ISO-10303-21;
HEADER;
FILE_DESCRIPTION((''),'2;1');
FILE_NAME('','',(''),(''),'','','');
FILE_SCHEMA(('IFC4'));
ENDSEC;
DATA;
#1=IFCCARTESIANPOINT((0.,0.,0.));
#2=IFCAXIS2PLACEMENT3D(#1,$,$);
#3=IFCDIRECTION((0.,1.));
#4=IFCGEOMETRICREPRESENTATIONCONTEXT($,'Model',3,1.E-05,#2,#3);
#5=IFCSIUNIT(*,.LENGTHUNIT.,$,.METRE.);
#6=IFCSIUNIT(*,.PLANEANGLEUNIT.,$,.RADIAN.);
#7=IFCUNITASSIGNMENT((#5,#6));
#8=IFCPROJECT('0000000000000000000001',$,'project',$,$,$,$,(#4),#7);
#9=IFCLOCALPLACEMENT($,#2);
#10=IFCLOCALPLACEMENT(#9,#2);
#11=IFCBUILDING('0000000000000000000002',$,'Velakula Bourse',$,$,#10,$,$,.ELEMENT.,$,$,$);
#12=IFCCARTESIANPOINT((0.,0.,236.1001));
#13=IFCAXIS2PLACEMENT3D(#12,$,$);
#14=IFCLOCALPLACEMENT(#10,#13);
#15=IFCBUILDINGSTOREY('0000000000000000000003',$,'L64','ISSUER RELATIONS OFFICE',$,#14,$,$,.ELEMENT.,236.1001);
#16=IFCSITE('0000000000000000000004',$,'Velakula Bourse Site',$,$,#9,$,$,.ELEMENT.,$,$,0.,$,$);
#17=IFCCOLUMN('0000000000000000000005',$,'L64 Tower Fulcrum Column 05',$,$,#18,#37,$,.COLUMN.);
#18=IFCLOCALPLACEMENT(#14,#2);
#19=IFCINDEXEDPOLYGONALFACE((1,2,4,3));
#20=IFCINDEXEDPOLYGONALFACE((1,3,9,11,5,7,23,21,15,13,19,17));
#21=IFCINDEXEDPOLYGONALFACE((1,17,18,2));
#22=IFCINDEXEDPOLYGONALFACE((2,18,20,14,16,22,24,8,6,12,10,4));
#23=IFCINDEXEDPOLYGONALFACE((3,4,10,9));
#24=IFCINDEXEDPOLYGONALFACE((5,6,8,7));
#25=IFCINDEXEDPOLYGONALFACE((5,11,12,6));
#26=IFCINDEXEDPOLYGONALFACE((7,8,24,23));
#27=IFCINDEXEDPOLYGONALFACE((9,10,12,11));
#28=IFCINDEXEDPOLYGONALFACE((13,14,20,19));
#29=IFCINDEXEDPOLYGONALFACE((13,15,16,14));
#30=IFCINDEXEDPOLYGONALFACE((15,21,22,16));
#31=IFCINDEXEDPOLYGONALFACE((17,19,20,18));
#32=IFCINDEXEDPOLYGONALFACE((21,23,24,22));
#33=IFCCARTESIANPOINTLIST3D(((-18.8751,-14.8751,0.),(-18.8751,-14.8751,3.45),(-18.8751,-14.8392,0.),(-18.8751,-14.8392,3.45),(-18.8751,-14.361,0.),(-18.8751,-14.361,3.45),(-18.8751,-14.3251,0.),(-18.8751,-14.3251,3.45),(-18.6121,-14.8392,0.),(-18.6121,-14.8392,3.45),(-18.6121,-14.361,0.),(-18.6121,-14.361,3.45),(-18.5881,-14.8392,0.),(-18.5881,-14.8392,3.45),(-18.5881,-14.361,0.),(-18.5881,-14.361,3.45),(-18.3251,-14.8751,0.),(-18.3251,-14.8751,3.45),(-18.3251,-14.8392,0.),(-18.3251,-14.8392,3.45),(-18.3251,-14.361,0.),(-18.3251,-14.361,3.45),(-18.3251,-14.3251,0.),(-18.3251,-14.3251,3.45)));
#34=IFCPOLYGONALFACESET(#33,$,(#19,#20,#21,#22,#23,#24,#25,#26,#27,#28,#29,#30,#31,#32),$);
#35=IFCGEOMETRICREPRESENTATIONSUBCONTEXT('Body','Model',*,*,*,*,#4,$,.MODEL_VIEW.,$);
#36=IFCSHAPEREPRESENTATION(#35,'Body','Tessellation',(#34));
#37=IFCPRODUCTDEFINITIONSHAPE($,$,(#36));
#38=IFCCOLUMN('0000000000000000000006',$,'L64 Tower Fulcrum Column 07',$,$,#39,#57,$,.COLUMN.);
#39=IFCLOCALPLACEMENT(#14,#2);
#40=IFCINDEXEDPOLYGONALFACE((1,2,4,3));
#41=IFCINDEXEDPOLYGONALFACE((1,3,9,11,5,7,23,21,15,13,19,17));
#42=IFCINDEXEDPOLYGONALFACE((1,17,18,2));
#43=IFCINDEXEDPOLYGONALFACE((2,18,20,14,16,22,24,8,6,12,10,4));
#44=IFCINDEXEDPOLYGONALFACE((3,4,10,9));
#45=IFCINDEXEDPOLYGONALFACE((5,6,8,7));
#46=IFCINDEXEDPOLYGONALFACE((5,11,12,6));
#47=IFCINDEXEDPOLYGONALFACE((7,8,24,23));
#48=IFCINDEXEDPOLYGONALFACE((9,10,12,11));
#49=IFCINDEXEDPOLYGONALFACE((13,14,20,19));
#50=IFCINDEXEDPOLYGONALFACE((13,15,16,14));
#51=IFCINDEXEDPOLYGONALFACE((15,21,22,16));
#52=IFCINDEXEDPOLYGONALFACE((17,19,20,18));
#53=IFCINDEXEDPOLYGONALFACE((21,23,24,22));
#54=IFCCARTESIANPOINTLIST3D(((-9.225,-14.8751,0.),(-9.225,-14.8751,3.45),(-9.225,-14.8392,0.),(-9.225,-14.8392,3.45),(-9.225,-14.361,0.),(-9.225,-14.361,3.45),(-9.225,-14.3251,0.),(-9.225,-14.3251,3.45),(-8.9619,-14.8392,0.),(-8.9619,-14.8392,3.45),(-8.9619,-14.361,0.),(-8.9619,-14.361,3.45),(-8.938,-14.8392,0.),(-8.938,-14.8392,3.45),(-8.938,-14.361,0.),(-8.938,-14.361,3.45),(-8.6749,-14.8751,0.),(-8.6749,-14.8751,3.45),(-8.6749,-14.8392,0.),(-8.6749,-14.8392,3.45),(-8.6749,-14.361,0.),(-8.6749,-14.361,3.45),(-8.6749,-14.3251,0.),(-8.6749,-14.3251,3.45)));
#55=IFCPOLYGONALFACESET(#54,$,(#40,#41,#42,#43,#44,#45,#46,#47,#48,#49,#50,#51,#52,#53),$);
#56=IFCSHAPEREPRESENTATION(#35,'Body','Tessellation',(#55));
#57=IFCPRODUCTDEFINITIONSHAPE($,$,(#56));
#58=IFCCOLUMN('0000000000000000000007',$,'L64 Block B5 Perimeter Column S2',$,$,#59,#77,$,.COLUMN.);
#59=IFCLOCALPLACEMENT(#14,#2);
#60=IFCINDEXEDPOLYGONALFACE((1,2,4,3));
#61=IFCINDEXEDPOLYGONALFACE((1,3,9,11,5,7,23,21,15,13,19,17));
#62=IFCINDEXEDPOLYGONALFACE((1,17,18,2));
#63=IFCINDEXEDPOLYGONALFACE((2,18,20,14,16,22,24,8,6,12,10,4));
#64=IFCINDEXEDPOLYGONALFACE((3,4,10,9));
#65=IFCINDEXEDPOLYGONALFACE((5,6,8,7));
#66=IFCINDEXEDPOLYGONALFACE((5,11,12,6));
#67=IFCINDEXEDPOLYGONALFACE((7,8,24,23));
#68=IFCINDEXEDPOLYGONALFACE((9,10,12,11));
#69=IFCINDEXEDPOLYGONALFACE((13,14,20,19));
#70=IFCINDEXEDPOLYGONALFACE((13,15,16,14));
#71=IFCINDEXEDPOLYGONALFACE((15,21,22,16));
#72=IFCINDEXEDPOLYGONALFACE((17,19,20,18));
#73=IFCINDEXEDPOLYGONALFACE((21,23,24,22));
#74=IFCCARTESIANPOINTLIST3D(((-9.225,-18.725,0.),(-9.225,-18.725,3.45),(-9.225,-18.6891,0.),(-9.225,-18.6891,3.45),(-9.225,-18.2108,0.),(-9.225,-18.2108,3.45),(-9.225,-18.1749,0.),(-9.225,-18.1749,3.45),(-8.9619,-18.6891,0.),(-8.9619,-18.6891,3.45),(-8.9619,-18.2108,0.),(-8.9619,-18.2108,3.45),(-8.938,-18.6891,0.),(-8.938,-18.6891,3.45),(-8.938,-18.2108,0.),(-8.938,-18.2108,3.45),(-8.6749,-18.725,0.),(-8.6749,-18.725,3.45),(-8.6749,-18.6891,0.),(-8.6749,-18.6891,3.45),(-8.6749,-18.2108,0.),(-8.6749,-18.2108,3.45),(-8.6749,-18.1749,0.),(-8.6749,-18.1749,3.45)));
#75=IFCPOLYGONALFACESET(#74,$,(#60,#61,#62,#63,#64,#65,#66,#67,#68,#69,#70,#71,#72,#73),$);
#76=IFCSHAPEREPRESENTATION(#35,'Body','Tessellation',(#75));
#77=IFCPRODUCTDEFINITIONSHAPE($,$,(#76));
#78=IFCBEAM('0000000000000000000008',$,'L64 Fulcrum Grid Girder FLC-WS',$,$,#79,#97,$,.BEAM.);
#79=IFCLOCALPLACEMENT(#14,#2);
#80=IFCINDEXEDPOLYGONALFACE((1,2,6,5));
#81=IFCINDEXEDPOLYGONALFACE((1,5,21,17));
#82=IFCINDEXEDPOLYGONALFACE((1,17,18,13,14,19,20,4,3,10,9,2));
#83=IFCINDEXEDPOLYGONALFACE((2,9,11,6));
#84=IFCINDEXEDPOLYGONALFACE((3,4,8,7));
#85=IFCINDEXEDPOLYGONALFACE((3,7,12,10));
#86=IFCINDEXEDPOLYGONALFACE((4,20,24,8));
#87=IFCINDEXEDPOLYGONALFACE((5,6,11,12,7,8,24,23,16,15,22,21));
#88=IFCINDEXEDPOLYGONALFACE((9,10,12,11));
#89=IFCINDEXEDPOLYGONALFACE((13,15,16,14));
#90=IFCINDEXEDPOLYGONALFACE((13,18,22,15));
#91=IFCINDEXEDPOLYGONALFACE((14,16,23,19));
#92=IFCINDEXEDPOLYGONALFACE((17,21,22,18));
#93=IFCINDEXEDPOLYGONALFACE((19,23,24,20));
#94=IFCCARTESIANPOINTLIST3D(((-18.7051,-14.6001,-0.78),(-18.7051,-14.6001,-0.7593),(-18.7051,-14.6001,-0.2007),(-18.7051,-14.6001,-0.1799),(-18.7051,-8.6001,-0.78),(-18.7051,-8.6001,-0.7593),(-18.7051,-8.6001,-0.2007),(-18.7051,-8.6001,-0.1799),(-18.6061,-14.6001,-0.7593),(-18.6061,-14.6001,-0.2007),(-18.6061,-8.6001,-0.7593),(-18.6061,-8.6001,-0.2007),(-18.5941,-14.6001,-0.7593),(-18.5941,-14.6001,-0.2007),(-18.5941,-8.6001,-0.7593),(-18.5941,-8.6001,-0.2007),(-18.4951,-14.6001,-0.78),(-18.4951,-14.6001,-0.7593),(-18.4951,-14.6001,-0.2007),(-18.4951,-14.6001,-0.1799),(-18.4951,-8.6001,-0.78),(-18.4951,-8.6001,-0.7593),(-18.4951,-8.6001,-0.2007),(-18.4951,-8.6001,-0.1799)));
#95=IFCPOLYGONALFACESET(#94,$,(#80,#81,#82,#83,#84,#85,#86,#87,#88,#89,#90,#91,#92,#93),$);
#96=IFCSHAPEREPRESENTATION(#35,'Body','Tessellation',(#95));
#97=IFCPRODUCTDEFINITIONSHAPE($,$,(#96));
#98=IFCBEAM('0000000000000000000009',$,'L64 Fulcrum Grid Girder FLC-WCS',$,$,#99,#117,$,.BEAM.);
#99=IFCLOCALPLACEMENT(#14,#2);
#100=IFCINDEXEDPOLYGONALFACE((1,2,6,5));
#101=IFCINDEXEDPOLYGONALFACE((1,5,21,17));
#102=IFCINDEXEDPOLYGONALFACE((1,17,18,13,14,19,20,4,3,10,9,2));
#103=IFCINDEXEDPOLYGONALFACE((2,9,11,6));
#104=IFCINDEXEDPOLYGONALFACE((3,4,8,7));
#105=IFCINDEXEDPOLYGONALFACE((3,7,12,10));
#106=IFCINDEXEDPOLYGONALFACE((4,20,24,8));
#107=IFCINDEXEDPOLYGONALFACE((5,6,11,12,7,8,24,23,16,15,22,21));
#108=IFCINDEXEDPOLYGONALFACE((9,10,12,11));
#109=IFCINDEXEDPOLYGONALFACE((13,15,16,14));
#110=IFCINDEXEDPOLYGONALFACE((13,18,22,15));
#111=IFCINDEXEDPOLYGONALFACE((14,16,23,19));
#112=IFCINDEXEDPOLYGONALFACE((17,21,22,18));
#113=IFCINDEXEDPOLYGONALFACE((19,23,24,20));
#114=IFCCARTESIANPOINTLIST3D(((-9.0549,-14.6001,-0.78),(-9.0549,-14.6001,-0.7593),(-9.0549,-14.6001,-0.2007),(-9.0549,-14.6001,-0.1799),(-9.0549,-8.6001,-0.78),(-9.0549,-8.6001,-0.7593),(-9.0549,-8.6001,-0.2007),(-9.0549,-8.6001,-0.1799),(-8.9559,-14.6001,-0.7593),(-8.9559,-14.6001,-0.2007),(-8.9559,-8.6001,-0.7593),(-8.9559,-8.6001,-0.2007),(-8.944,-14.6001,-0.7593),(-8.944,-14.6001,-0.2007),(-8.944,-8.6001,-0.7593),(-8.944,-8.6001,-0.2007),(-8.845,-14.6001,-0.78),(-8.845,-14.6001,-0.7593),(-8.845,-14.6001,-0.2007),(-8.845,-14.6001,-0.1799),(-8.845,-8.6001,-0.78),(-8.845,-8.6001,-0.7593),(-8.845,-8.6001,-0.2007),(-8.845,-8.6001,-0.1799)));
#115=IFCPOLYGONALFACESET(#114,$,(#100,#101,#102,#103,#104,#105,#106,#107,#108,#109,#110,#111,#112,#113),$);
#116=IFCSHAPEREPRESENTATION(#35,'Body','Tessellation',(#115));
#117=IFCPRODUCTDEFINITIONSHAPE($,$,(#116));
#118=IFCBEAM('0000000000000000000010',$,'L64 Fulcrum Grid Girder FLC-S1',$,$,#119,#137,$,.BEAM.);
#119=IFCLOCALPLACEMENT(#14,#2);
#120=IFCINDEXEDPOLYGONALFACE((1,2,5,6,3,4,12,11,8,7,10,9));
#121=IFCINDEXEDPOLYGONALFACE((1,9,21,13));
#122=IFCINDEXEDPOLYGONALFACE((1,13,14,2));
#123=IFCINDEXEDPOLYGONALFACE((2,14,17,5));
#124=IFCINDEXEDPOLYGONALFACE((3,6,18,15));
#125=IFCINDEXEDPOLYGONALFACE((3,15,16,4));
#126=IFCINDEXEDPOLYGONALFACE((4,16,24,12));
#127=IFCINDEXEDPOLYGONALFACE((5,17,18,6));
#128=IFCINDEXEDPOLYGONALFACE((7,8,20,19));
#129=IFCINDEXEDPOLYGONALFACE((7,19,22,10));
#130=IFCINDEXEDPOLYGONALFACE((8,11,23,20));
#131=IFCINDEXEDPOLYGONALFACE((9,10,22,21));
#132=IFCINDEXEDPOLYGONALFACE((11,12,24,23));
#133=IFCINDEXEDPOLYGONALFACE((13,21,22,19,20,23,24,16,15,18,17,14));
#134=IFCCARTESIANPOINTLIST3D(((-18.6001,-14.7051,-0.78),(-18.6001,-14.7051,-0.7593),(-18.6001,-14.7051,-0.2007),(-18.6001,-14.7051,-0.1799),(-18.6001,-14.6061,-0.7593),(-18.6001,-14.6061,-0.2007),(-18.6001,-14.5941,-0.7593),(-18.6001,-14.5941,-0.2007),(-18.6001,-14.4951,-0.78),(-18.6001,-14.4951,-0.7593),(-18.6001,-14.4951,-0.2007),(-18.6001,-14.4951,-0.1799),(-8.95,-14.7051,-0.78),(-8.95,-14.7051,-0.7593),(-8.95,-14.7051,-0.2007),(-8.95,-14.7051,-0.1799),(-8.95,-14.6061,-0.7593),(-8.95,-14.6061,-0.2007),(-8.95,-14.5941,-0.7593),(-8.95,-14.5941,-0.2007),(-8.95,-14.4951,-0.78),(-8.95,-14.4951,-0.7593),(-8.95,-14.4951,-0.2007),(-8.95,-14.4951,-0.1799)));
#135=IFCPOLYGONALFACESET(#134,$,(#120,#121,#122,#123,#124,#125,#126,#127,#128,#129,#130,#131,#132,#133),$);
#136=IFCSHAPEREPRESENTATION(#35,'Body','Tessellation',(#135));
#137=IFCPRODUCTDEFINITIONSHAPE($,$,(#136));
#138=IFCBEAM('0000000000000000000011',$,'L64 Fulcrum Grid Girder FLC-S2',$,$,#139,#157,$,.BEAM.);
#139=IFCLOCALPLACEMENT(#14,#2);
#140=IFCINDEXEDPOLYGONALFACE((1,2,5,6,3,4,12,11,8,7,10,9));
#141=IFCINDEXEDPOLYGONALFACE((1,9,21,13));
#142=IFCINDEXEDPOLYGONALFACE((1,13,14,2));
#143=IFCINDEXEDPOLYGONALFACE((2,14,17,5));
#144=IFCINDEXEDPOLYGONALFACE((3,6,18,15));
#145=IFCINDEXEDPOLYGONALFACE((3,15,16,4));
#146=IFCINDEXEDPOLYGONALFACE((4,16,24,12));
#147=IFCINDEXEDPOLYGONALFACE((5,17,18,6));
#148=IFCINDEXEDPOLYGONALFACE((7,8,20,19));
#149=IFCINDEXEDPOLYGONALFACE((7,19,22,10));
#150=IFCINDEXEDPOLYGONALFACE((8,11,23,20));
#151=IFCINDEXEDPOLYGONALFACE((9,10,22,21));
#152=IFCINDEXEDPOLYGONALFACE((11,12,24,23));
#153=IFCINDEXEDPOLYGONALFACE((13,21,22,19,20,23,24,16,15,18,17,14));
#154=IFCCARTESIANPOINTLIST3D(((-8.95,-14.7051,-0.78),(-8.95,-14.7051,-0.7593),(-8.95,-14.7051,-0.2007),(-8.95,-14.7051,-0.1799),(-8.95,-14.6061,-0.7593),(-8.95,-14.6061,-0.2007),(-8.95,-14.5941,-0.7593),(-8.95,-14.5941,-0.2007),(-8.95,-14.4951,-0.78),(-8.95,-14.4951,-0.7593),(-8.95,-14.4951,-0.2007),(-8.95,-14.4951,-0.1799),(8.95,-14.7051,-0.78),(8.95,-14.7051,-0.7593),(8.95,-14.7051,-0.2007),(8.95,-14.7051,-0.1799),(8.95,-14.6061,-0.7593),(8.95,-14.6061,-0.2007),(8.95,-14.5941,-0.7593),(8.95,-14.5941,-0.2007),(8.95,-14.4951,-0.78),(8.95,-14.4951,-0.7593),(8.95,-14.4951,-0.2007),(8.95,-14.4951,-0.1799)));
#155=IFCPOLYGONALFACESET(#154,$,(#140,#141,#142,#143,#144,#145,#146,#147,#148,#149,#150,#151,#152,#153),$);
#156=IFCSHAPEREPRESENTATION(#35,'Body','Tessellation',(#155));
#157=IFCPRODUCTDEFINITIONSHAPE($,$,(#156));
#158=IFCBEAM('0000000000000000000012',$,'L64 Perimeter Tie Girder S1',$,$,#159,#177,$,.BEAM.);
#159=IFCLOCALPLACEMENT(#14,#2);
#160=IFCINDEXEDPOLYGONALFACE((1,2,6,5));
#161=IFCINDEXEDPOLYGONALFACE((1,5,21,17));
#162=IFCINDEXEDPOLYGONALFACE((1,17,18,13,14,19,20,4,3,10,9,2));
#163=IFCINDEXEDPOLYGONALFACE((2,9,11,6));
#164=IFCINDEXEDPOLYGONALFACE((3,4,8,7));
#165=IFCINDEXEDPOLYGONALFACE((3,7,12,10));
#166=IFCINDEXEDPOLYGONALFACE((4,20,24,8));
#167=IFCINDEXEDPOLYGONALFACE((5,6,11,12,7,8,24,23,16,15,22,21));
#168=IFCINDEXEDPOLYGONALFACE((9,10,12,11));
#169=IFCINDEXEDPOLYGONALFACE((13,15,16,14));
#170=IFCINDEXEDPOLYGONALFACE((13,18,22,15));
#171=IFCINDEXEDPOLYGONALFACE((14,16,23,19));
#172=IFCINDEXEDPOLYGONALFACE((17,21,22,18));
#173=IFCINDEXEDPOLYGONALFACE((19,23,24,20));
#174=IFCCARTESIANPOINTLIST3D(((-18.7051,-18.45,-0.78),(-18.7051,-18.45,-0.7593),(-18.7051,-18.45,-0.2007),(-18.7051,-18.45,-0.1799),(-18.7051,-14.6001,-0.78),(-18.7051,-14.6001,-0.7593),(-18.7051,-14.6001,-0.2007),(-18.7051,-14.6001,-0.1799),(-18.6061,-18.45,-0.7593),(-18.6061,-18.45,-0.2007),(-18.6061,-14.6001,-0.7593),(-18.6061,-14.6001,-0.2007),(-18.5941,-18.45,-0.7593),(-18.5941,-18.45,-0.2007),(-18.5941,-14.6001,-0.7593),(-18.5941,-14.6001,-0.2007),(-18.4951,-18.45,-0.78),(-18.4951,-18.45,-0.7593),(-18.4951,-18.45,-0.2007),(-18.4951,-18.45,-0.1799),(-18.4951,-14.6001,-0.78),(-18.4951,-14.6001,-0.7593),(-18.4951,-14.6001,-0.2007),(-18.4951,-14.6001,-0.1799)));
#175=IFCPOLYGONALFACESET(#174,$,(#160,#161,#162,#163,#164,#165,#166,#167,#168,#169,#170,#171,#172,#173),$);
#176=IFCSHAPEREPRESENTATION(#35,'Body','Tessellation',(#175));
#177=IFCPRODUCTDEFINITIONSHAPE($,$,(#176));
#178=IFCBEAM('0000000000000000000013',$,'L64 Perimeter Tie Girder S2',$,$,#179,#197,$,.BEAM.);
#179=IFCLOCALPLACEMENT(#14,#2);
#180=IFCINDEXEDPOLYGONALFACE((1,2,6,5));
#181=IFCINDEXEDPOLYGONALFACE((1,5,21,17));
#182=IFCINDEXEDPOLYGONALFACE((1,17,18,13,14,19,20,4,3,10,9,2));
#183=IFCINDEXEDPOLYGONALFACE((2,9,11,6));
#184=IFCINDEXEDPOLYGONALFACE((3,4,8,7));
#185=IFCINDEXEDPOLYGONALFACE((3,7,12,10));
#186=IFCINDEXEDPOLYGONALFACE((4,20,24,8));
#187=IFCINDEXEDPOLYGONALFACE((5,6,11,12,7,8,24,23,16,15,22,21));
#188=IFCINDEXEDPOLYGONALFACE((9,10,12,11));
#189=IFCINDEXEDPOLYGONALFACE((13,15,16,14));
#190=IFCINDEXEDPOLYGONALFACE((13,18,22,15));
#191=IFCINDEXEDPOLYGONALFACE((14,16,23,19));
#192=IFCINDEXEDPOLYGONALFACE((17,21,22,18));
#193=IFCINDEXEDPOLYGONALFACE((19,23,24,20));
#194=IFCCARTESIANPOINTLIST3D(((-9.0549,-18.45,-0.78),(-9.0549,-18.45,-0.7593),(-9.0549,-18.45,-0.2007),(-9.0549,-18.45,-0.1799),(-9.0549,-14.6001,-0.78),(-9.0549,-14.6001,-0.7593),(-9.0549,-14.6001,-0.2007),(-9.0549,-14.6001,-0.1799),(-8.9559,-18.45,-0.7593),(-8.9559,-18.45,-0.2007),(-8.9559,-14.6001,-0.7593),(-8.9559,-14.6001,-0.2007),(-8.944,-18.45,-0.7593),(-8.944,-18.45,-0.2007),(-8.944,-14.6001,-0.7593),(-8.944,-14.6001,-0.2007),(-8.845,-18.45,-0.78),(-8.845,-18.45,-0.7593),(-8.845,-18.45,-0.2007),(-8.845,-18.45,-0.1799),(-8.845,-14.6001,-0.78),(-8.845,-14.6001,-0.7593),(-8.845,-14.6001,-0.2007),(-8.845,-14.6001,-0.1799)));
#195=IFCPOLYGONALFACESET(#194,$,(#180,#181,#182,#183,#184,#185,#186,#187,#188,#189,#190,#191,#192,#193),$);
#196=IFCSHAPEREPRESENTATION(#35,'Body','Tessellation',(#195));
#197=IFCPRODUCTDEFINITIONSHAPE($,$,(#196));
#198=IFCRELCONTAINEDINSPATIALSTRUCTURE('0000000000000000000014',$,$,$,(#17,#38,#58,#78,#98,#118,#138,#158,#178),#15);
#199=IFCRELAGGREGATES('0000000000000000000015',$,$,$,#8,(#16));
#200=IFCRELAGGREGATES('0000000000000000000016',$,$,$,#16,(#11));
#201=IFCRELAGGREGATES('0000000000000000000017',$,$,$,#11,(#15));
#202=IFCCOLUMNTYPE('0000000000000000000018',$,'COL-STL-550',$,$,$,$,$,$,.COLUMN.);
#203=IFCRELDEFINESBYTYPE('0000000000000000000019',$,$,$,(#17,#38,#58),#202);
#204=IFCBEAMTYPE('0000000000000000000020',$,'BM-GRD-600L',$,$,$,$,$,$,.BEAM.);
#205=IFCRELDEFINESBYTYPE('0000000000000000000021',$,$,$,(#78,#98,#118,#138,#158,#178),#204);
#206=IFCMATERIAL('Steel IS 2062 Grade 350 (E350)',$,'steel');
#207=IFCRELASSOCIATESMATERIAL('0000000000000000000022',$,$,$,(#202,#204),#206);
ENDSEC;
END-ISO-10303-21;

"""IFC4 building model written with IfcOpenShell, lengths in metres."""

from ifc_helpers import new_model, si_unit, direction, frame, origin, origin_2d, place, context, subcontext, project, spatial, i_section, extrude, material, material_profile, profile_set, type_object, element, save


model = new_model("IFC4")

# Units and contexts
model_context = context("Model", 3, precision=1e-05, world=origin(), true_north=direction((0.0, 1.0)))
body_context = subcontext(model_context, "Body", "Model", "MODEL_VIEW")
ifc_project = project(units=[si_unit("LENGTHUNIT", "METRE"), si_unit("PLANEANGLEUNIT", "RADIAN")], contexts=[model_context])

# Site, building, storey
site_placement = place(None, origin())
site = spatial("IfcSite", under=ifc_project, at=site_placement, Name="Velakula Bourse Site", CompositionType="ELEMENT", RefElevation=0.0)
building_placement = place(site_placement, origin())
building = spatial("IfcBuilding", under=site, at=building_placement, Name="Velakula Bourse", CompositionType="ELEMENT")
storey_placement = place(building_placement, frame((0.0, 0.0, 236.1001)))
storey = spatial("IfcBuildingStorey", under=building, at=storey_placement, Name="L64", Description="ISSUER RELATIONS OFFICE", CompositionType="ELEMENT", Elevation=236.1001)

# Columns
ifc_material_1 = material(Name="Steel IS 2062 Grade 350 (E350)", Category="steel")
ifc_material_profile_1 = material_profile(ifc_material_1, i_section(OverallWidth=0.55, OverallDepth=0.55, WebThickness=0.0239, FlangeThickness=0.0359, at=origin_2d()), Name="Steel IS 2062 Grade 350 (E350)")
ifc_profile_set_1 = profile_set([ifc_material_profile_1], Name="Steel IS 2062 Grade 350 (E350)")
column_type = type_object("IfcColumnType", Name="COL-STL-550", PredefinedType="COLUMN", material=ifc_profile_set_1)
for number, where, z_axis, x_axis, name in (
    (1, (-18.6001, -14.6001, 0.0), (0.0, 0.0, 1.0), (1.0, 0.0, 0.0), "L64 Tower Fulcrum Column 05"),
    (2, (-8.95, -14.6001, 0.0), (0.0, 0.0, 1.0), (1.0, 0.0, 0.0), "L64 Tower Fulcrum Column 07"),
    (3, (-8.95, -18.45, 0.0), (0.0, 0.0, 1.0), (1.0, 0.0, 0.0), "L64 Block B5 Perimeter Column S2"),
):
    element("IfcColumn", number, at=place(storey_placement, frame(where, z_axis=z_axis, x_axis=x_axis)), inside=storey, type_object=column_type, Name=name, PredefinedType="COLUMN", context=body_context, shape_type="SweptSolid", body=[
        extrude(i_section(OverallWidth=0.55, OverallDepth=0.55, WebThickness=0.0239, FlangeThickness=0.0359, at=origin_2d()), origin(), (0.0, 0.0, 1.0), 3.45),
    ])

# Beams
ifc_material_profile_2 = material_profile(ifc_material_1, i_section(OverallWidth=0.21, OverallDepth=0.6001, WebThickness=0.012, FlangeThickness=0.0208, at=origin_2d()), Name="Steel IS 2062 Grade 350 (E350)")
ifc_profile_set_2 = profile_set([ifc_material_profile_2], Name="Steel IS 2062 Grade 350 (E350)")
beam_type_1 = type_object("IfcBeamType", Name="BM-GRD-600L", PredefinedType="BEAM", material=ifc_profile_set_2)
for number, where, z_axis, x_axis, name in (
    (4, (-18.6001, -14.6001, -0.48), (0.0, 1.0, 0.0), (-1.0, 0.0, 0.0), "L64 Fulcrum Grid Girder FLC-WS"),
    (5, (-8.95, -14.6001, -0.48), (0.0, 1.0, 0.0), (-1.0, 0.0, 0.0), "L64 Fulcrum Grid Girder FLC-WCS"),
):
    element("IfcBeam", number, at=place(storey_placement, frame(where, z_axis=z_axis, x_axis=x_axis)), inside=storey, type_object=beam_type_1, Name=name, PredefinedType="BEAM", context=body_context, shape_type="SweptSolid", body=[
        extrude(i_section(OverallWidth=0.21, OverallDepth=0.6001, WebThickness=0.012, FlangeThickness=0.0208, at=origin_2d()), origin(), (0.0, 0.0, 1.0), 6.0),
    ])
beam_1_placement = place(storey_placement, frame((-18.6001, -14.6001, -0.48), z_axis=(1.0, 0.0, 0.0), x_axis=(0.0, 1.0, 0.0)))
element("IfcBeam", 6, at=beam_1_placement, inside=storey, type_object=beam_type_1, Name="L64 Fulcrum Grid Girder FLC-S1", PredefinedType="BEAM", context=body_context, shape_type="SweptSolid", body=[
    extrude(i_section(OverallWidth=0.21, OverallDepth=0.6001, WebThickness=0.012, FlangeThickness=0.0208, at=origin_2d()), origin(), (0.0, 0.0, 1.0), 9.6501),
])
beam_2_placement = place(storey_placement, frame((-8.95, -14.6001, -0.48), z_axis=(1.0, 0.0, 0.0), x_axis=(0.0, 1.0, 0.0)))
element("IfcBeam", 7, at=beam_2_placement, inside=storey, type_object=beam_type_1, Name="L64 Fulcrum Grid Girder FLC-S2", PredefinedType="BEAM", context=body_context, shape_type="SweptSolid", body=[
    extrude(i_section(OverallWidth=0.21, OverallDepth=0.6001, WebThickness=0.012, FlangeThickness=0.0208, at=origin_2d()), origin(), (0.0, 0.0, 1.0), 17.8999),
])
for number, where, z_axis, x_axis, name in (
    (8, (-18.6001, -14.6001, -0.48), (0.0, -1.0, 0.0), (1.0, 0.0, 0.0), "L64 Perimeter Tie Girder S1"),
    (9, (-8.95, -14.6001, -0.48), (0.0, -1.0, 0.0), (1.0, 0.0, 0.0), "L64 Perimeter Tie Girder S2"),
):
    element("IfcBeam", number, at=place(storey_placement, frame(where, z_axis=z_axis, x_axis=x_axis)), inside=storey, type_object=beam_type_1, Name=name, PredefinedType="BEAM", context=body_context, shape_type="SweptSolid", body=[
        extrude(i_section(OverallWidth=0.21, OverallDepth=0.6001, WebThickness=0.012, FlangeThickness=0.0208, at=origin_2d()), origin(), (0.0, 0.0, 1.0), 3.8499),
    ])

save(model, "model.ifc")
